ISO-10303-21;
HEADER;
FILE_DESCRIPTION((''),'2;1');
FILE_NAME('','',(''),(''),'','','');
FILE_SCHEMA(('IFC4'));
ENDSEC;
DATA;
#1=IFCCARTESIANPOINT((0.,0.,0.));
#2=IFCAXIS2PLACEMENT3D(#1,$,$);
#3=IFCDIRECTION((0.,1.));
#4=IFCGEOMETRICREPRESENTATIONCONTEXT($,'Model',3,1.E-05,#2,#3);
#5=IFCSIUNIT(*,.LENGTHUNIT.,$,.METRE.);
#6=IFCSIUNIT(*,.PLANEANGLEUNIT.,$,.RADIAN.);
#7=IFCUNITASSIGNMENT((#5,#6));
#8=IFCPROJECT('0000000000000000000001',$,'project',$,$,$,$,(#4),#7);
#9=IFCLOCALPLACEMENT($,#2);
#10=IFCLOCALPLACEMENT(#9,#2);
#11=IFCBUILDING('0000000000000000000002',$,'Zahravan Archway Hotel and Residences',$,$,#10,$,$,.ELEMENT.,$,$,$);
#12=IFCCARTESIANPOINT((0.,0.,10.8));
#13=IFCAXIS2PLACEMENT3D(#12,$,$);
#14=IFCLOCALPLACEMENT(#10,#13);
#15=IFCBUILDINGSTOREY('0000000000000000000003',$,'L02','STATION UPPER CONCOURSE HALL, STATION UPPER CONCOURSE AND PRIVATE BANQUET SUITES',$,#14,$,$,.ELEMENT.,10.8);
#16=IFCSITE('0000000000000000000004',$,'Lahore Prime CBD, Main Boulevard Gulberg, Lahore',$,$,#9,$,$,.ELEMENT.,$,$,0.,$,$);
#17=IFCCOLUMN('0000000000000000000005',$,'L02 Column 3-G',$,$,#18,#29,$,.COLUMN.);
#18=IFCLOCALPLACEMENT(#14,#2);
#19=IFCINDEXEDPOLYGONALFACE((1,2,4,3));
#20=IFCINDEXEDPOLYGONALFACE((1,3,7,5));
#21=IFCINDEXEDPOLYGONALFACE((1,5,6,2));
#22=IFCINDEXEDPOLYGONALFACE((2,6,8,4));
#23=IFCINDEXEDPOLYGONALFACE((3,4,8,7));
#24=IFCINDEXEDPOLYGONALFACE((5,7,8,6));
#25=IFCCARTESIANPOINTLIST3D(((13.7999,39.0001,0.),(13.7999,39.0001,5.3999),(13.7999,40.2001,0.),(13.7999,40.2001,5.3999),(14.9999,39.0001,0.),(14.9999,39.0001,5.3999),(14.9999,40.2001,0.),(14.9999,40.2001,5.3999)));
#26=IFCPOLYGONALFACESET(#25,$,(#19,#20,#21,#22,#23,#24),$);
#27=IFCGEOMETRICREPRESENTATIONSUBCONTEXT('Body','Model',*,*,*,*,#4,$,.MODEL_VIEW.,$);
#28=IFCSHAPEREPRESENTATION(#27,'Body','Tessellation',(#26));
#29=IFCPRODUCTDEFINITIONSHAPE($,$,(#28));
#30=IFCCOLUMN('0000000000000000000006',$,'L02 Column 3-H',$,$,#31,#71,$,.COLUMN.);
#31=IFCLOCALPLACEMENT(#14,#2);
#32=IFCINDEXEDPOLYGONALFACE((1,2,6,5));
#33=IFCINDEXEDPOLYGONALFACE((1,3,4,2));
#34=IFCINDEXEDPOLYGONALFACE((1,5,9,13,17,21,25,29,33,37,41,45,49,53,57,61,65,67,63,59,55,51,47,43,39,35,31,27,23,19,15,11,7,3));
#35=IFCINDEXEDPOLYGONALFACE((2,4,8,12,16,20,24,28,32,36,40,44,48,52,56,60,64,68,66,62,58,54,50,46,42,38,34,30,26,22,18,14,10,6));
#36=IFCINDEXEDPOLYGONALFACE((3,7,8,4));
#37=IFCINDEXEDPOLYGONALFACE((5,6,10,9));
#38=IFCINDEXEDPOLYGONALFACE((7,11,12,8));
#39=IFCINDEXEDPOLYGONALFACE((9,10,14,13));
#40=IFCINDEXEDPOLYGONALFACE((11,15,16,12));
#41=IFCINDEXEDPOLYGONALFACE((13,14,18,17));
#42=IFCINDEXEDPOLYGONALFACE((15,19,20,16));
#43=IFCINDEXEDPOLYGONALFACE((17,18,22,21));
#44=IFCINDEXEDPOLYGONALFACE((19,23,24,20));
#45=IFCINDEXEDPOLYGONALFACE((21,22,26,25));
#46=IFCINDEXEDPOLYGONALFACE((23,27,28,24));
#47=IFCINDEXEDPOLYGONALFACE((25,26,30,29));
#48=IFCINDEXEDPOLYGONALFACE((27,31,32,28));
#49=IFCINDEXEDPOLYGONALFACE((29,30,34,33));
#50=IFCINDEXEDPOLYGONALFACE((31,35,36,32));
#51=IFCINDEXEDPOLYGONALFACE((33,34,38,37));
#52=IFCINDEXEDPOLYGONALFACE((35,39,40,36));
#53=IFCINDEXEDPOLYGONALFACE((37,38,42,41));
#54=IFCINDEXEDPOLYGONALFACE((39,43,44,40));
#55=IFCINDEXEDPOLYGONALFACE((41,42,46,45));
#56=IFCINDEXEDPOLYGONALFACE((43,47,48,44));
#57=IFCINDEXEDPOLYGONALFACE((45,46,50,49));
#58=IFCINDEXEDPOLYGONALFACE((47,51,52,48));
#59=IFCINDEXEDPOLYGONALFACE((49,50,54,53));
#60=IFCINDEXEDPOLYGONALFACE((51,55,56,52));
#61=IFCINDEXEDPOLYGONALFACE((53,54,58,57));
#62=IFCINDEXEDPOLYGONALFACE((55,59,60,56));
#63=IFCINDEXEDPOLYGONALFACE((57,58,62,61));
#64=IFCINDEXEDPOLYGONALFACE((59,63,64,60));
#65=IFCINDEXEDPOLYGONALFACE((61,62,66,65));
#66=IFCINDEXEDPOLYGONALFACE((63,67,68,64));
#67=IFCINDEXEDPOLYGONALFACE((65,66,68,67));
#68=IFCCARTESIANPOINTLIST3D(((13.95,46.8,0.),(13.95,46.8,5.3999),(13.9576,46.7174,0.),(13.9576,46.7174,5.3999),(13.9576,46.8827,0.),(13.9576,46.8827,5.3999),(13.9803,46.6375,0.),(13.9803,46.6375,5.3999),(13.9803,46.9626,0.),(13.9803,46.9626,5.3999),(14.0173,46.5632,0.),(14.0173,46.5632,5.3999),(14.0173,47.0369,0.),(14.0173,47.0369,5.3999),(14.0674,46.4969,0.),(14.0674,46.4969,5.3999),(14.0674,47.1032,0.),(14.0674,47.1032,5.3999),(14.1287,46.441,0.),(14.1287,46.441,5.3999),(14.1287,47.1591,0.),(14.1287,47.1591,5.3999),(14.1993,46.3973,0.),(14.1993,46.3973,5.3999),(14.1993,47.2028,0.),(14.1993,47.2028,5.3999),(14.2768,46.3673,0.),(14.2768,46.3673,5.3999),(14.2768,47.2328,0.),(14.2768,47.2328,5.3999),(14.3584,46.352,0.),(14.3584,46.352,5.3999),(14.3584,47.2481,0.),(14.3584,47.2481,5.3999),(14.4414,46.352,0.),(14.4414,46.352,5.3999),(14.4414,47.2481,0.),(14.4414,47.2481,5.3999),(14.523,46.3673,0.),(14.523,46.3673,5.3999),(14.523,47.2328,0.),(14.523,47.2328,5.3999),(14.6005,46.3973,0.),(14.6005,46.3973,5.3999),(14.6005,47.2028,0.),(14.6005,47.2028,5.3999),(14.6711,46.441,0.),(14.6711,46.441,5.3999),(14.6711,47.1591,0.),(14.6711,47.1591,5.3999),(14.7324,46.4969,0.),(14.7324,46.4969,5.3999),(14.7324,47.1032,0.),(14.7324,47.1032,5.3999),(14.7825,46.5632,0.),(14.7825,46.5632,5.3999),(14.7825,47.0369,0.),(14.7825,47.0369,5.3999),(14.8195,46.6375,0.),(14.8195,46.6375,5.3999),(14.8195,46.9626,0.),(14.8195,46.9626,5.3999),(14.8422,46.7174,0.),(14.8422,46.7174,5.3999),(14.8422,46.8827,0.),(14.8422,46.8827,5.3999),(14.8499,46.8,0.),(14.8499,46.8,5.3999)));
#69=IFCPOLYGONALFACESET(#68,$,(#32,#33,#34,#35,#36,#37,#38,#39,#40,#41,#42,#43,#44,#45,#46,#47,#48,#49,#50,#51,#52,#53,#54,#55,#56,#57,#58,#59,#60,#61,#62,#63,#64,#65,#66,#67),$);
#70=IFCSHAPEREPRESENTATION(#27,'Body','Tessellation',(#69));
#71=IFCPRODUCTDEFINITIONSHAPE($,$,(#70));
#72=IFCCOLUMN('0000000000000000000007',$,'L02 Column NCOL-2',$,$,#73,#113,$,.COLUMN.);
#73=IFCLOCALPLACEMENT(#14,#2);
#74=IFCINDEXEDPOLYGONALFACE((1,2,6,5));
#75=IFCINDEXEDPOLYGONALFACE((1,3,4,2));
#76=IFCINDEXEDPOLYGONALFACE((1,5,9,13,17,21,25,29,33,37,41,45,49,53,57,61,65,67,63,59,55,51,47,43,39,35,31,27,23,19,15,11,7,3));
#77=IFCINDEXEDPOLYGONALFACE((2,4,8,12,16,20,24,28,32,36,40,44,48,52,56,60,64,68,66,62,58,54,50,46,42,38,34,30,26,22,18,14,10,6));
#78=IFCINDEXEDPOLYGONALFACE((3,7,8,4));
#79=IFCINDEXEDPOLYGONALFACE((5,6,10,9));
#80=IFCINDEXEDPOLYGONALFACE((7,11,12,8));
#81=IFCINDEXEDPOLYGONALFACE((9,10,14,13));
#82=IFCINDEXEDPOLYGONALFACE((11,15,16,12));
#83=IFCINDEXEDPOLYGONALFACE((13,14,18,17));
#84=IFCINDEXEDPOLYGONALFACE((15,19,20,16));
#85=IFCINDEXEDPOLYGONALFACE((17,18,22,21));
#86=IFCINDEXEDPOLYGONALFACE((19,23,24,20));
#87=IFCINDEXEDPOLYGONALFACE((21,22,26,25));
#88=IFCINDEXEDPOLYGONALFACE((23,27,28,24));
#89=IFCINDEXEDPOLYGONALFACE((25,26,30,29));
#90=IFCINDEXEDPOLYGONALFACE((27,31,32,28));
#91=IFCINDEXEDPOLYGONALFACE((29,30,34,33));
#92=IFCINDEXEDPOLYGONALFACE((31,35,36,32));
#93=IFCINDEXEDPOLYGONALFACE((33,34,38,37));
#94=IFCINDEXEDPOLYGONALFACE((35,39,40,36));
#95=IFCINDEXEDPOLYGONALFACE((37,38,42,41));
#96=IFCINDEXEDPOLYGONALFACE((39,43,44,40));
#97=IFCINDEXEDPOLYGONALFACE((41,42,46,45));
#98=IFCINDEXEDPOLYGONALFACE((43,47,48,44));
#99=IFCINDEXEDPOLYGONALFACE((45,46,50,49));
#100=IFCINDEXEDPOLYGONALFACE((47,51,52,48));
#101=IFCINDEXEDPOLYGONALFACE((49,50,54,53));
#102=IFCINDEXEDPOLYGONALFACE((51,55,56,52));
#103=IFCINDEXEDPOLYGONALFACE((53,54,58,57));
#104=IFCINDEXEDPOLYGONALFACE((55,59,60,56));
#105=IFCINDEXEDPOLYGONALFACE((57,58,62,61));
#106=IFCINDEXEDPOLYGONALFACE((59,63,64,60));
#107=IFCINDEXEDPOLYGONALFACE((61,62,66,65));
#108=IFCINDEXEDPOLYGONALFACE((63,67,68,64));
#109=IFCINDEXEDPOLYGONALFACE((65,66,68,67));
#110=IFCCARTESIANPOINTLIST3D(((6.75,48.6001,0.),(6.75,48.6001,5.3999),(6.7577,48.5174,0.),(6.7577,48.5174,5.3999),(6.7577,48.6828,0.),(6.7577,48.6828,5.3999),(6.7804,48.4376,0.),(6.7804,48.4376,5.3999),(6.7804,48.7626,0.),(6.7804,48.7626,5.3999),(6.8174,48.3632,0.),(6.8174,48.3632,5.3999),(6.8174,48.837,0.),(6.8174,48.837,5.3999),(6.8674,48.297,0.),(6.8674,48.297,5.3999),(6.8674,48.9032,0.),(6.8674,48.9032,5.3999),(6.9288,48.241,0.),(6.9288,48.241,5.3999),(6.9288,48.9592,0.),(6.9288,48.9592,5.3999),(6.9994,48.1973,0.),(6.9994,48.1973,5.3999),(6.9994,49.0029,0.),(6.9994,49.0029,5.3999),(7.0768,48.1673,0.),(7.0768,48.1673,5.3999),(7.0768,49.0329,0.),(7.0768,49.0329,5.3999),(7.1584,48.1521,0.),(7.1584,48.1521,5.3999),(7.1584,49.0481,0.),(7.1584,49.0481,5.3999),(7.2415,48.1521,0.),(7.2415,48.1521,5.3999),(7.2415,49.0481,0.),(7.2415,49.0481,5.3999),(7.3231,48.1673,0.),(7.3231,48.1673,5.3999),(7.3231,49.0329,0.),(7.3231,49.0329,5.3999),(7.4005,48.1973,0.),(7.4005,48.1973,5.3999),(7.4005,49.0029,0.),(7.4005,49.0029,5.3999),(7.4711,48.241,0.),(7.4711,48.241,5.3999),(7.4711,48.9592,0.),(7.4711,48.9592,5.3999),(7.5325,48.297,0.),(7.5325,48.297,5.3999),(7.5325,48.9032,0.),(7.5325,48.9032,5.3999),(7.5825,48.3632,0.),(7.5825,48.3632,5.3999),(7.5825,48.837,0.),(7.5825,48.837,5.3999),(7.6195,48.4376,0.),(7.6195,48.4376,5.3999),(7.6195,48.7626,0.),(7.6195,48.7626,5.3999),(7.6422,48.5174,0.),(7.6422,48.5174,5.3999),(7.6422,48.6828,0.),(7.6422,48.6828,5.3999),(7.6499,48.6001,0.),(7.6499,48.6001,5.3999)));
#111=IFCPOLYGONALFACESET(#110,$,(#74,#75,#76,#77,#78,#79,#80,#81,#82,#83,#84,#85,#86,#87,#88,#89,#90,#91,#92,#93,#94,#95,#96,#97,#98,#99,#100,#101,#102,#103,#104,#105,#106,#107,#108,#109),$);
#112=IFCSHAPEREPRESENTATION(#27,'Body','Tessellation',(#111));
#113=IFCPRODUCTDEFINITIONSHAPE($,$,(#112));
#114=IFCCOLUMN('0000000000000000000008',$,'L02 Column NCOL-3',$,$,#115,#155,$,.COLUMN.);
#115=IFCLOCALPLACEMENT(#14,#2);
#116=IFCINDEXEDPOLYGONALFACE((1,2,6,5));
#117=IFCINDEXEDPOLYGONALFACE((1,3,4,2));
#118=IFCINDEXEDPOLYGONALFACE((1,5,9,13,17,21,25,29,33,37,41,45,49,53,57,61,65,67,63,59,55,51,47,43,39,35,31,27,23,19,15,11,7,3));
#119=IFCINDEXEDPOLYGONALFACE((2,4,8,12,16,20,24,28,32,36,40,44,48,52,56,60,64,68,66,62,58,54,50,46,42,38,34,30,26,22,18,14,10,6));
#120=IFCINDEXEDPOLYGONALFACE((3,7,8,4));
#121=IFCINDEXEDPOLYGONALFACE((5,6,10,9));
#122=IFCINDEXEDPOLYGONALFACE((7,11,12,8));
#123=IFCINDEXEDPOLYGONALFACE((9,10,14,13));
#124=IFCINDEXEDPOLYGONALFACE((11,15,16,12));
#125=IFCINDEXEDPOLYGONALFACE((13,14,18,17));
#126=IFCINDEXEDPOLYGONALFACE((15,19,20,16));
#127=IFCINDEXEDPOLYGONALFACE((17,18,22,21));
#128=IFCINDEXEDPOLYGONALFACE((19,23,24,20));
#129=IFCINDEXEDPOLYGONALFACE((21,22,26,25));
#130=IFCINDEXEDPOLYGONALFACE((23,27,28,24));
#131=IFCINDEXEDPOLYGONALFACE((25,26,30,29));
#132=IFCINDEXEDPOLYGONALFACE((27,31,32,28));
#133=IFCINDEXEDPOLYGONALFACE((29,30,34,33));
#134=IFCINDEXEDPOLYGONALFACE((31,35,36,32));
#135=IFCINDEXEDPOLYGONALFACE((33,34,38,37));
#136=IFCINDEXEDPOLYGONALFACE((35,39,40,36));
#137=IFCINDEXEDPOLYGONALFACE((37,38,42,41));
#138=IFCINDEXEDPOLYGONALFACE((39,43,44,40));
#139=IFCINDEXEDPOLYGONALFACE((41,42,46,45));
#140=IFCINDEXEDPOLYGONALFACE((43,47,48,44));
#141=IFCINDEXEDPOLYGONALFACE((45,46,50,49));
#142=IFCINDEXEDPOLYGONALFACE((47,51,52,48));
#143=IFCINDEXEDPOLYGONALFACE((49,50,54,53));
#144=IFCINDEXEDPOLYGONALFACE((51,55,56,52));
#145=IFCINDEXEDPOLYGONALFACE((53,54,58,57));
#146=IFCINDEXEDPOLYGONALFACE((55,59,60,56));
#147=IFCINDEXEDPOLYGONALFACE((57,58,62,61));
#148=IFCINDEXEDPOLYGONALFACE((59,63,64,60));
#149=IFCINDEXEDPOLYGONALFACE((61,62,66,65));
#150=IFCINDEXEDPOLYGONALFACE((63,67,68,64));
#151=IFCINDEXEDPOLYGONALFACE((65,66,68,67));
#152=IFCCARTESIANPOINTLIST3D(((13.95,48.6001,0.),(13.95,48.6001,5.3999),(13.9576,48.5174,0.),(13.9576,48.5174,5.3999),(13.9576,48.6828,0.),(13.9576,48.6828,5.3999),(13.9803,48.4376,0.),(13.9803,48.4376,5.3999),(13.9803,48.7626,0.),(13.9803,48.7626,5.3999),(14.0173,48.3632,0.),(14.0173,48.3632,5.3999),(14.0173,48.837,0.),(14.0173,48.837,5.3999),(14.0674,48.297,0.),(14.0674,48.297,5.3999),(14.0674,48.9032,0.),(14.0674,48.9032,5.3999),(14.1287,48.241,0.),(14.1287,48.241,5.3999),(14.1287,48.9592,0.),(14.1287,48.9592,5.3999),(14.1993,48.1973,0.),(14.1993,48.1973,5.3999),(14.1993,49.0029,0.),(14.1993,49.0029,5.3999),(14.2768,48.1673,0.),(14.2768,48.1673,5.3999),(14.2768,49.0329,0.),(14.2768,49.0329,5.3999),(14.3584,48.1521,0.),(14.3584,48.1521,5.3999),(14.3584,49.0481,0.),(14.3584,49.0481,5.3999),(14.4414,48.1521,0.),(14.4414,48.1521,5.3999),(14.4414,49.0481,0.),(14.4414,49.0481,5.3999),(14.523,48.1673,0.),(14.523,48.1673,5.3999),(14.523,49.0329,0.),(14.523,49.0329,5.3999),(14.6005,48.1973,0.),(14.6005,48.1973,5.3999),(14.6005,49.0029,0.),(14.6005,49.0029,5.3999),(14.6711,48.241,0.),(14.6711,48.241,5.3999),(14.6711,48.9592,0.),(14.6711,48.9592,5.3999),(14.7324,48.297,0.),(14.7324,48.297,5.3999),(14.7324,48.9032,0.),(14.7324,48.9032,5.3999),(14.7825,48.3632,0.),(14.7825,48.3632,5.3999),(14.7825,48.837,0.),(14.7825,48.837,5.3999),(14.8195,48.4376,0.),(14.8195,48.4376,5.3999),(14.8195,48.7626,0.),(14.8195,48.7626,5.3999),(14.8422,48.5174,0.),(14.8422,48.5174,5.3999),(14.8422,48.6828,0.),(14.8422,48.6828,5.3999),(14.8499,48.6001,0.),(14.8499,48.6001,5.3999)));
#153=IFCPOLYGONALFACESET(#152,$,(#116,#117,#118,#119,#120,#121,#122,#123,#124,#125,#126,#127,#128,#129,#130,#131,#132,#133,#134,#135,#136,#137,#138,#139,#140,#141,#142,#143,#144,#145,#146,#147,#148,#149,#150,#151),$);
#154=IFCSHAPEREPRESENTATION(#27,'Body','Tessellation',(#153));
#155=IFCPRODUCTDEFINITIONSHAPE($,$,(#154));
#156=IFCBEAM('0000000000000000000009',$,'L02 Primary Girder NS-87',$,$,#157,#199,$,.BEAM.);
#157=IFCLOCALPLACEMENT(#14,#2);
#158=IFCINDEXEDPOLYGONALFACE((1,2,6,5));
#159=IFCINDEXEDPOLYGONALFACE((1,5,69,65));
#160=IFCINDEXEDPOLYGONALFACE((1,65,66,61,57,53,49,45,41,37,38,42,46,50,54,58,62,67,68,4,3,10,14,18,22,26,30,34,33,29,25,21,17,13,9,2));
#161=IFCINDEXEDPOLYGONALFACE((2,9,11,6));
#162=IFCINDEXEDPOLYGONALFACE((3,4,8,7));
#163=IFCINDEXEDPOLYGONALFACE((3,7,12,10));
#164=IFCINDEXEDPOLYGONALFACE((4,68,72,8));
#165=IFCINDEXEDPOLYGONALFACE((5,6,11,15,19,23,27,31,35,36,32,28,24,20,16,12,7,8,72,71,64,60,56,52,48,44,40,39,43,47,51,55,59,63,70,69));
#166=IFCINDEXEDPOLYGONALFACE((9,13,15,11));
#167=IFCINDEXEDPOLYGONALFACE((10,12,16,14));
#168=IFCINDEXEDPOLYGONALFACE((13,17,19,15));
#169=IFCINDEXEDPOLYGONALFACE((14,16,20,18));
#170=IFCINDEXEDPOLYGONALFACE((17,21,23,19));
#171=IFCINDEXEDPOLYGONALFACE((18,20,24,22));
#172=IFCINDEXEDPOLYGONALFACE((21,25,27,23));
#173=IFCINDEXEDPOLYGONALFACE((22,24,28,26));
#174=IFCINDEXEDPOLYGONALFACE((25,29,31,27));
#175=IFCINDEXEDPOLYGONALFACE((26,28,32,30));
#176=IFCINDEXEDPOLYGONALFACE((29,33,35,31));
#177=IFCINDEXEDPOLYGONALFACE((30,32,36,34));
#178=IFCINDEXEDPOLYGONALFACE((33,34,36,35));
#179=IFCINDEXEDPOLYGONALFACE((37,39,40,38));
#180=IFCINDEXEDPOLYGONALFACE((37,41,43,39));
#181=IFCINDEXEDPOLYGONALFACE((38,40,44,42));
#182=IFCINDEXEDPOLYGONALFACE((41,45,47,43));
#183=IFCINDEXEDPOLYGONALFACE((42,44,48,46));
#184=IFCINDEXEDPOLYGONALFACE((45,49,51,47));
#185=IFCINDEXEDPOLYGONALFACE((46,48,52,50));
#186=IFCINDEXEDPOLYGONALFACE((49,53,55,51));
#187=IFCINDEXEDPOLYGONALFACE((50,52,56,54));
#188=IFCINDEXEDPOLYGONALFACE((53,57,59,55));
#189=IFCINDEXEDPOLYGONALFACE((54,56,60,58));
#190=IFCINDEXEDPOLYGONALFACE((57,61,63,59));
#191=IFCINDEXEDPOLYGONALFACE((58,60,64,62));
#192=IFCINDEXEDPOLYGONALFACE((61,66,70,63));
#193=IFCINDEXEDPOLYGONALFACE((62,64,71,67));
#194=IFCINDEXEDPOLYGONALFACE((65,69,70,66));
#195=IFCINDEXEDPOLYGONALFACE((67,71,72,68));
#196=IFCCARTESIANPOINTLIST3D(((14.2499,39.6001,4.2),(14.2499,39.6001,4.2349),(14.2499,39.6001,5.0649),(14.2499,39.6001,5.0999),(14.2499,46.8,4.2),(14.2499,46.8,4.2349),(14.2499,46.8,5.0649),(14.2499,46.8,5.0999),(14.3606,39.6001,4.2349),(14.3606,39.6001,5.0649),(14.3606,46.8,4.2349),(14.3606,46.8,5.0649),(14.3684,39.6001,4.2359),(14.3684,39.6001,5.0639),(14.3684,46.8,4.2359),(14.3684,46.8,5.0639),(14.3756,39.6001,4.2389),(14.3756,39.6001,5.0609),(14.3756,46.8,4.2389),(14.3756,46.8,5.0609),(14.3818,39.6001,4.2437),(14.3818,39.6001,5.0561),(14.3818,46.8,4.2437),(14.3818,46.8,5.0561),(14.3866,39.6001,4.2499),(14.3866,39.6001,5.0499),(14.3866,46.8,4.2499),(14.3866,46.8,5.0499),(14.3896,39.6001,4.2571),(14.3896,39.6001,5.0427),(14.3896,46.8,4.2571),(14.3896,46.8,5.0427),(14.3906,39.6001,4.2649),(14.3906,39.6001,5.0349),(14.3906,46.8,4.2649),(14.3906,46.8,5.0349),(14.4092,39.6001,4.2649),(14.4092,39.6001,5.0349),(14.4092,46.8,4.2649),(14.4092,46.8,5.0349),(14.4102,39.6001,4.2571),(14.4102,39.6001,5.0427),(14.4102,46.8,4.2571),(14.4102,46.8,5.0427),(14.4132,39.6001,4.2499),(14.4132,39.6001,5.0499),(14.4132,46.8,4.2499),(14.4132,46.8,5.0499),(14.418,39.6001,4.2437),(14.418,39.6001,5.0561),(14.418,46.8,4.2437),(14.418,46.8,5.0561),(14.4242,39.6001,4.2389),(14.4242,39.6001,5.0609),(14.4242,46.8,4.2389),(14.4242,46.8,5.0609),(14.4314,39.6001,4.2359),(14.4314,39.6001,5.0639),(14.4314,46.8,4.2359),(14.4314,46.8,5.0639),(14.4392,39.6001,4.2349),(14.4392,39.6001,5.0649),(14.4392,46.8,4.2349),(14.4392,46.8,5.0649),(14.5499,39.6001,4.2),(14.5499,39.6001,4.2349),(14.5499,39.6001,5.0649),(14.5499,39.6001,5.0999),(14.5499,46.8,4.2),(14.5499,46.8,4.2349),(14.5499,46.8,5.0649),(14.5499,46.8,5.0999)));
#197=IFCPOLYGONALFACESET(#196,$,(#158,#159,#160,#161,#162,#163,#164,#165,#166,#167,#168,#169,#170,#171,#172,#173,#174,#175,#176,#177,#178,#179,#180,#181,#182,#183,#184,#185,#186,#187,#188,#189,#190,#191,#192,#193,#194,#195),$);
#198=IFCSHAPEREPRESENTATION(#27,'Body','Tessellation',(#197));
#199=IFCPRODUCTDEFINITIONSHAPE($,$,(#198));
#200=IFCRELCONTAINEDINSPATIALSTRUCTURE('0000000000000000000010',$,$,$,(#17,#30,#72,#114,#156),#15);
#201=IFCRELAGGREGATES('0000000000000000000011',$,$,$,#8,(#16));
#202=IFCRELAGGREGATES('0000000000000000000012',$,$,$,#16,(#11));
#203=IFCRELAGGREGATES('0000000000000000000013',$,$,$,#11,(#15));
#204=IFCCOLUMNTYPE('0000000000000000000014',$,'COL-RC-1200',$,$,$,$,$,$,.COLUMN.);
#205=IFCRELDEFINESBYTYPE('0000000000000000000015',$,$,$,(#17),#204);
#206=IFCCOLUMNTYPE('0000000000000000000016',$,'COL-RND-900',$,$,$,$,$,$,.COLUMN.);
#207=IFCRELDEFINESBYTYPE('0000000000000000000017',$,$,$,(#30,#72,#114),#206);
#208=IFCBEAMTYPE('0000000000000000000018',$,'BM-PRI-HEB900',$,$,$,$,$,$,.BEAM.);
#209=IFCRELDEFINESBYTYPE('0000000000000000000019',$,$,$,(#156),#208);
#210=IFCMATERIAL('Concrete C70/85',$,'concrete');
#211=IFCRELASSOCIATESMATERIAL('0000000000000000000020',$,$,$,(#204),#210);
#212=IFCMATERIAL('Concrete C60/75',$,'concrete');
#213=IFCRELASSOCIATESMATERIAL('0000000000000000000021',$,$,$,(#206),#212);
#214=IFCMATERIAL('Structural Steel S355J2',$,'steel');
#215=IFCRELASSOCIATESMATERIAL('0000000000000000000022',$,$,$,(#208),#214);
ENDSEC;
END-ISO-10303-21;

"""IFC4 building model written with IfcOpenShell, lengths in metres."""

from ifc_helpers import new_model, si_unit, direction, frame, origin, origin_2d, place, context, subcontext, project, spatial, rectangle, circle, i_section, extrude, source, transform, mapped, material, material_profile, profile_set, type_object, type_shapes, element, save


model = new_model("IFC4")

# Units and contexts
model_context = context("Model", 3, precision=1e-05, world=origin(), true_north=direction((0.0, 1.0)))
body_context = subcontext(model_context, "Body", "Model", "MODEL_VIEW")
ifc_project = project(units=[si_unit("LENGTHUNIT", "METRE"), si_unit("PLANEANGLEUNIT", "RADIAN")], contexts=[model_context])

# Site, building, storey
site_placement = place(None, origin())
site = spatial("IfcSite", under=ifc_project, at=site_placement, Name="Lahore Prime CBD, Main Boulevard Gulberg, Lahore", CompositionType="ELEMENT", RefElevation=0.0)
building_placement = place(site_placement, origin())
building = spatial("IfcBuilding", under=site, at=building_placement, Name="Zahravan Archway Hotel and Residences", CompositionType="ELEMENT")
storey_placement = place(building_placement, frame((0.0, 0.0, 10.8)))
storey = spatial("IfcBuildingStorey", under=building, at=storey_placement, Name="L02", Description="STATION UPPER CONCOURSE HALL, STATION UPPER CONCOURSE AND PRIVATE BANQUET SUITES", CompositionType="ELEMENT", Elevation=10.8)

# Columns
ifc_material_1 = material(Name="Concrete C70/85", Category="concrete")
ifc_material_profile_1 = material_profile(ifc_material_1, rectangle(XDim=1.2, YDim=1.2, at=origin_2d()), Name="RC-COL-1200x1200", Category="concrete")
ifc_profile_set_1 = profile_set([ifc_material_profile_1], Name="Concrete C70/85")
column_type_1 = type_object("IfcColumnType", Name="COL-RC-1200", PredefinedType="COLUMN", material=ifc_profile_set_1)
shared_shape_1 = source(origin(), body_context, "Body", "SweptSolid", [
    extrude(rectangle(XDim=1.2, YDim=1.2, at=origin_2d()), origin(), (0.0, 0.0, 1.0), 5.3999),
])
column_placement = place(storey_placement, frame((14.3999, 39.6001, 0.0), z_axis=(0.0, 0.0, 1.0), x_axis=(1.0, 0.0, 0.0)))
element("IfcColumn", 1, at=column_placement, inside=storey, type_object=column_type_1, Name="L02 Column 3-G", PredefinedType="COLUMN", context=body_context, shape_type="MappedRepresentation", body=[
    mapped(shared_shape_1, transform((0.0, 0.0, 0.0), scale=1.0)),
])
ifc_material_2 = material(Name="Concrete C60/75", Category="concrete")
ifc_material_profile_2 = material_profile(ifc_material_2, circle(Radius=0.45, at=origin_2d()), Name="RC-CIRC-900", Category="concrete")
ifc_profile_set_2 = profile_set([ifc_material_profile_2], Name="Concrete C60/75")
column_type_2 = type_object("IfcColumnType", Name="COL-RND-900", PredefinedType="COLUMN", material=ifc_profile_set_2)
shared_shape_2 = source(origin(), body_context, "Body", "SweptSolid", [
    extrude(circle(Radius=0.45, at=origin_2d()), origin(), (0.0, 0.0, 1.0), 5.3999),
])
type_shapes(column_type_2, [shared_shape_2])
for number, where, z_axis, x_axis, name in (
    (2, (14.3999, 46.8, 0.0), (0.0, 0.0, 1.0), (1.0, 0.0, 0.0), "L02 Column 3-H"),
    (3, (7.2, 48.6001, 0.0), (0.0, 0.0, 1.0), (1.0, 0.0, 0.0), "L02 Column NCOL-2"),
    (4, (14.3999, 48.6001, 0.0), (0.0, 0.0, 1.0), (1.0, 0.0, 0.0), "L02 Column NCOL-3"),
):
    element("IfcColumn", number, at=place(storey_placement, frame(where, z_axis=z_axis, x_axis=x_axis)), inside=storey, type_object=column_type_2, Name=name, PredefinedType="COLUMN", context=body_context, shape_type="MappedRepresentation", body=[
        mapped(shared_shape_2, transform((0.0, 0.0, 0.0), scale=1.0)),
    ])

# Beam
ifc_material_3 = material(Name="Structural Steel S355J2", Category="steel")
ifc_material_profile_3 = material_profile(ifc_material_3, i_section(OverallWidth=0.3, OverallDepth=0.8999, WebThickness=0.0186, FlangeThickness=0.0349, FilletRadius=0.03, at=origin_2d()), Name="HEB 900", Category="steel")
ifc_profile_set_3 = profile_set([ifc_material_profile_3], Name="Structural Steel S355J2")
beam_type_1 = type_object("IfcBeamType", Name="BM-PRI-HEB900", PredefinedType="BEAM", material=ifc_profile_set_3)
shared_shape_3 = source(origin(), body_context, "Body", "SweptSolid", [
    extrude(i_section(OverallWidth=0.3, OverallDepth=0.8999, WebThickness=0.0186, FlangeThickness=0.0349, FilletRadius=0.03, at=origin_2d()), origin(), (0.0, 0.0, 1.0), 7.2),
])
beam_1_placement = place(storey_placement, frame((14.3999, 39.6001, 4.6499), z_axis=(0.0, 1.0, 0.0), x_axis=(-1.0, 0.0, 0.0)))
element("IfcBeam", 5, at=beam_1_placement, inside=storey, type_object=beam_type_1, Name="L02 Primary Girder NS-87", PredefinedType="BEAM", context=body_context, shape_type="MappedRepresentation", body=[
    mapped(shared_shape_3, transform((0.0, 0.0, 0.0), scale=1.0)),
])

save(model, "model.ifc")
